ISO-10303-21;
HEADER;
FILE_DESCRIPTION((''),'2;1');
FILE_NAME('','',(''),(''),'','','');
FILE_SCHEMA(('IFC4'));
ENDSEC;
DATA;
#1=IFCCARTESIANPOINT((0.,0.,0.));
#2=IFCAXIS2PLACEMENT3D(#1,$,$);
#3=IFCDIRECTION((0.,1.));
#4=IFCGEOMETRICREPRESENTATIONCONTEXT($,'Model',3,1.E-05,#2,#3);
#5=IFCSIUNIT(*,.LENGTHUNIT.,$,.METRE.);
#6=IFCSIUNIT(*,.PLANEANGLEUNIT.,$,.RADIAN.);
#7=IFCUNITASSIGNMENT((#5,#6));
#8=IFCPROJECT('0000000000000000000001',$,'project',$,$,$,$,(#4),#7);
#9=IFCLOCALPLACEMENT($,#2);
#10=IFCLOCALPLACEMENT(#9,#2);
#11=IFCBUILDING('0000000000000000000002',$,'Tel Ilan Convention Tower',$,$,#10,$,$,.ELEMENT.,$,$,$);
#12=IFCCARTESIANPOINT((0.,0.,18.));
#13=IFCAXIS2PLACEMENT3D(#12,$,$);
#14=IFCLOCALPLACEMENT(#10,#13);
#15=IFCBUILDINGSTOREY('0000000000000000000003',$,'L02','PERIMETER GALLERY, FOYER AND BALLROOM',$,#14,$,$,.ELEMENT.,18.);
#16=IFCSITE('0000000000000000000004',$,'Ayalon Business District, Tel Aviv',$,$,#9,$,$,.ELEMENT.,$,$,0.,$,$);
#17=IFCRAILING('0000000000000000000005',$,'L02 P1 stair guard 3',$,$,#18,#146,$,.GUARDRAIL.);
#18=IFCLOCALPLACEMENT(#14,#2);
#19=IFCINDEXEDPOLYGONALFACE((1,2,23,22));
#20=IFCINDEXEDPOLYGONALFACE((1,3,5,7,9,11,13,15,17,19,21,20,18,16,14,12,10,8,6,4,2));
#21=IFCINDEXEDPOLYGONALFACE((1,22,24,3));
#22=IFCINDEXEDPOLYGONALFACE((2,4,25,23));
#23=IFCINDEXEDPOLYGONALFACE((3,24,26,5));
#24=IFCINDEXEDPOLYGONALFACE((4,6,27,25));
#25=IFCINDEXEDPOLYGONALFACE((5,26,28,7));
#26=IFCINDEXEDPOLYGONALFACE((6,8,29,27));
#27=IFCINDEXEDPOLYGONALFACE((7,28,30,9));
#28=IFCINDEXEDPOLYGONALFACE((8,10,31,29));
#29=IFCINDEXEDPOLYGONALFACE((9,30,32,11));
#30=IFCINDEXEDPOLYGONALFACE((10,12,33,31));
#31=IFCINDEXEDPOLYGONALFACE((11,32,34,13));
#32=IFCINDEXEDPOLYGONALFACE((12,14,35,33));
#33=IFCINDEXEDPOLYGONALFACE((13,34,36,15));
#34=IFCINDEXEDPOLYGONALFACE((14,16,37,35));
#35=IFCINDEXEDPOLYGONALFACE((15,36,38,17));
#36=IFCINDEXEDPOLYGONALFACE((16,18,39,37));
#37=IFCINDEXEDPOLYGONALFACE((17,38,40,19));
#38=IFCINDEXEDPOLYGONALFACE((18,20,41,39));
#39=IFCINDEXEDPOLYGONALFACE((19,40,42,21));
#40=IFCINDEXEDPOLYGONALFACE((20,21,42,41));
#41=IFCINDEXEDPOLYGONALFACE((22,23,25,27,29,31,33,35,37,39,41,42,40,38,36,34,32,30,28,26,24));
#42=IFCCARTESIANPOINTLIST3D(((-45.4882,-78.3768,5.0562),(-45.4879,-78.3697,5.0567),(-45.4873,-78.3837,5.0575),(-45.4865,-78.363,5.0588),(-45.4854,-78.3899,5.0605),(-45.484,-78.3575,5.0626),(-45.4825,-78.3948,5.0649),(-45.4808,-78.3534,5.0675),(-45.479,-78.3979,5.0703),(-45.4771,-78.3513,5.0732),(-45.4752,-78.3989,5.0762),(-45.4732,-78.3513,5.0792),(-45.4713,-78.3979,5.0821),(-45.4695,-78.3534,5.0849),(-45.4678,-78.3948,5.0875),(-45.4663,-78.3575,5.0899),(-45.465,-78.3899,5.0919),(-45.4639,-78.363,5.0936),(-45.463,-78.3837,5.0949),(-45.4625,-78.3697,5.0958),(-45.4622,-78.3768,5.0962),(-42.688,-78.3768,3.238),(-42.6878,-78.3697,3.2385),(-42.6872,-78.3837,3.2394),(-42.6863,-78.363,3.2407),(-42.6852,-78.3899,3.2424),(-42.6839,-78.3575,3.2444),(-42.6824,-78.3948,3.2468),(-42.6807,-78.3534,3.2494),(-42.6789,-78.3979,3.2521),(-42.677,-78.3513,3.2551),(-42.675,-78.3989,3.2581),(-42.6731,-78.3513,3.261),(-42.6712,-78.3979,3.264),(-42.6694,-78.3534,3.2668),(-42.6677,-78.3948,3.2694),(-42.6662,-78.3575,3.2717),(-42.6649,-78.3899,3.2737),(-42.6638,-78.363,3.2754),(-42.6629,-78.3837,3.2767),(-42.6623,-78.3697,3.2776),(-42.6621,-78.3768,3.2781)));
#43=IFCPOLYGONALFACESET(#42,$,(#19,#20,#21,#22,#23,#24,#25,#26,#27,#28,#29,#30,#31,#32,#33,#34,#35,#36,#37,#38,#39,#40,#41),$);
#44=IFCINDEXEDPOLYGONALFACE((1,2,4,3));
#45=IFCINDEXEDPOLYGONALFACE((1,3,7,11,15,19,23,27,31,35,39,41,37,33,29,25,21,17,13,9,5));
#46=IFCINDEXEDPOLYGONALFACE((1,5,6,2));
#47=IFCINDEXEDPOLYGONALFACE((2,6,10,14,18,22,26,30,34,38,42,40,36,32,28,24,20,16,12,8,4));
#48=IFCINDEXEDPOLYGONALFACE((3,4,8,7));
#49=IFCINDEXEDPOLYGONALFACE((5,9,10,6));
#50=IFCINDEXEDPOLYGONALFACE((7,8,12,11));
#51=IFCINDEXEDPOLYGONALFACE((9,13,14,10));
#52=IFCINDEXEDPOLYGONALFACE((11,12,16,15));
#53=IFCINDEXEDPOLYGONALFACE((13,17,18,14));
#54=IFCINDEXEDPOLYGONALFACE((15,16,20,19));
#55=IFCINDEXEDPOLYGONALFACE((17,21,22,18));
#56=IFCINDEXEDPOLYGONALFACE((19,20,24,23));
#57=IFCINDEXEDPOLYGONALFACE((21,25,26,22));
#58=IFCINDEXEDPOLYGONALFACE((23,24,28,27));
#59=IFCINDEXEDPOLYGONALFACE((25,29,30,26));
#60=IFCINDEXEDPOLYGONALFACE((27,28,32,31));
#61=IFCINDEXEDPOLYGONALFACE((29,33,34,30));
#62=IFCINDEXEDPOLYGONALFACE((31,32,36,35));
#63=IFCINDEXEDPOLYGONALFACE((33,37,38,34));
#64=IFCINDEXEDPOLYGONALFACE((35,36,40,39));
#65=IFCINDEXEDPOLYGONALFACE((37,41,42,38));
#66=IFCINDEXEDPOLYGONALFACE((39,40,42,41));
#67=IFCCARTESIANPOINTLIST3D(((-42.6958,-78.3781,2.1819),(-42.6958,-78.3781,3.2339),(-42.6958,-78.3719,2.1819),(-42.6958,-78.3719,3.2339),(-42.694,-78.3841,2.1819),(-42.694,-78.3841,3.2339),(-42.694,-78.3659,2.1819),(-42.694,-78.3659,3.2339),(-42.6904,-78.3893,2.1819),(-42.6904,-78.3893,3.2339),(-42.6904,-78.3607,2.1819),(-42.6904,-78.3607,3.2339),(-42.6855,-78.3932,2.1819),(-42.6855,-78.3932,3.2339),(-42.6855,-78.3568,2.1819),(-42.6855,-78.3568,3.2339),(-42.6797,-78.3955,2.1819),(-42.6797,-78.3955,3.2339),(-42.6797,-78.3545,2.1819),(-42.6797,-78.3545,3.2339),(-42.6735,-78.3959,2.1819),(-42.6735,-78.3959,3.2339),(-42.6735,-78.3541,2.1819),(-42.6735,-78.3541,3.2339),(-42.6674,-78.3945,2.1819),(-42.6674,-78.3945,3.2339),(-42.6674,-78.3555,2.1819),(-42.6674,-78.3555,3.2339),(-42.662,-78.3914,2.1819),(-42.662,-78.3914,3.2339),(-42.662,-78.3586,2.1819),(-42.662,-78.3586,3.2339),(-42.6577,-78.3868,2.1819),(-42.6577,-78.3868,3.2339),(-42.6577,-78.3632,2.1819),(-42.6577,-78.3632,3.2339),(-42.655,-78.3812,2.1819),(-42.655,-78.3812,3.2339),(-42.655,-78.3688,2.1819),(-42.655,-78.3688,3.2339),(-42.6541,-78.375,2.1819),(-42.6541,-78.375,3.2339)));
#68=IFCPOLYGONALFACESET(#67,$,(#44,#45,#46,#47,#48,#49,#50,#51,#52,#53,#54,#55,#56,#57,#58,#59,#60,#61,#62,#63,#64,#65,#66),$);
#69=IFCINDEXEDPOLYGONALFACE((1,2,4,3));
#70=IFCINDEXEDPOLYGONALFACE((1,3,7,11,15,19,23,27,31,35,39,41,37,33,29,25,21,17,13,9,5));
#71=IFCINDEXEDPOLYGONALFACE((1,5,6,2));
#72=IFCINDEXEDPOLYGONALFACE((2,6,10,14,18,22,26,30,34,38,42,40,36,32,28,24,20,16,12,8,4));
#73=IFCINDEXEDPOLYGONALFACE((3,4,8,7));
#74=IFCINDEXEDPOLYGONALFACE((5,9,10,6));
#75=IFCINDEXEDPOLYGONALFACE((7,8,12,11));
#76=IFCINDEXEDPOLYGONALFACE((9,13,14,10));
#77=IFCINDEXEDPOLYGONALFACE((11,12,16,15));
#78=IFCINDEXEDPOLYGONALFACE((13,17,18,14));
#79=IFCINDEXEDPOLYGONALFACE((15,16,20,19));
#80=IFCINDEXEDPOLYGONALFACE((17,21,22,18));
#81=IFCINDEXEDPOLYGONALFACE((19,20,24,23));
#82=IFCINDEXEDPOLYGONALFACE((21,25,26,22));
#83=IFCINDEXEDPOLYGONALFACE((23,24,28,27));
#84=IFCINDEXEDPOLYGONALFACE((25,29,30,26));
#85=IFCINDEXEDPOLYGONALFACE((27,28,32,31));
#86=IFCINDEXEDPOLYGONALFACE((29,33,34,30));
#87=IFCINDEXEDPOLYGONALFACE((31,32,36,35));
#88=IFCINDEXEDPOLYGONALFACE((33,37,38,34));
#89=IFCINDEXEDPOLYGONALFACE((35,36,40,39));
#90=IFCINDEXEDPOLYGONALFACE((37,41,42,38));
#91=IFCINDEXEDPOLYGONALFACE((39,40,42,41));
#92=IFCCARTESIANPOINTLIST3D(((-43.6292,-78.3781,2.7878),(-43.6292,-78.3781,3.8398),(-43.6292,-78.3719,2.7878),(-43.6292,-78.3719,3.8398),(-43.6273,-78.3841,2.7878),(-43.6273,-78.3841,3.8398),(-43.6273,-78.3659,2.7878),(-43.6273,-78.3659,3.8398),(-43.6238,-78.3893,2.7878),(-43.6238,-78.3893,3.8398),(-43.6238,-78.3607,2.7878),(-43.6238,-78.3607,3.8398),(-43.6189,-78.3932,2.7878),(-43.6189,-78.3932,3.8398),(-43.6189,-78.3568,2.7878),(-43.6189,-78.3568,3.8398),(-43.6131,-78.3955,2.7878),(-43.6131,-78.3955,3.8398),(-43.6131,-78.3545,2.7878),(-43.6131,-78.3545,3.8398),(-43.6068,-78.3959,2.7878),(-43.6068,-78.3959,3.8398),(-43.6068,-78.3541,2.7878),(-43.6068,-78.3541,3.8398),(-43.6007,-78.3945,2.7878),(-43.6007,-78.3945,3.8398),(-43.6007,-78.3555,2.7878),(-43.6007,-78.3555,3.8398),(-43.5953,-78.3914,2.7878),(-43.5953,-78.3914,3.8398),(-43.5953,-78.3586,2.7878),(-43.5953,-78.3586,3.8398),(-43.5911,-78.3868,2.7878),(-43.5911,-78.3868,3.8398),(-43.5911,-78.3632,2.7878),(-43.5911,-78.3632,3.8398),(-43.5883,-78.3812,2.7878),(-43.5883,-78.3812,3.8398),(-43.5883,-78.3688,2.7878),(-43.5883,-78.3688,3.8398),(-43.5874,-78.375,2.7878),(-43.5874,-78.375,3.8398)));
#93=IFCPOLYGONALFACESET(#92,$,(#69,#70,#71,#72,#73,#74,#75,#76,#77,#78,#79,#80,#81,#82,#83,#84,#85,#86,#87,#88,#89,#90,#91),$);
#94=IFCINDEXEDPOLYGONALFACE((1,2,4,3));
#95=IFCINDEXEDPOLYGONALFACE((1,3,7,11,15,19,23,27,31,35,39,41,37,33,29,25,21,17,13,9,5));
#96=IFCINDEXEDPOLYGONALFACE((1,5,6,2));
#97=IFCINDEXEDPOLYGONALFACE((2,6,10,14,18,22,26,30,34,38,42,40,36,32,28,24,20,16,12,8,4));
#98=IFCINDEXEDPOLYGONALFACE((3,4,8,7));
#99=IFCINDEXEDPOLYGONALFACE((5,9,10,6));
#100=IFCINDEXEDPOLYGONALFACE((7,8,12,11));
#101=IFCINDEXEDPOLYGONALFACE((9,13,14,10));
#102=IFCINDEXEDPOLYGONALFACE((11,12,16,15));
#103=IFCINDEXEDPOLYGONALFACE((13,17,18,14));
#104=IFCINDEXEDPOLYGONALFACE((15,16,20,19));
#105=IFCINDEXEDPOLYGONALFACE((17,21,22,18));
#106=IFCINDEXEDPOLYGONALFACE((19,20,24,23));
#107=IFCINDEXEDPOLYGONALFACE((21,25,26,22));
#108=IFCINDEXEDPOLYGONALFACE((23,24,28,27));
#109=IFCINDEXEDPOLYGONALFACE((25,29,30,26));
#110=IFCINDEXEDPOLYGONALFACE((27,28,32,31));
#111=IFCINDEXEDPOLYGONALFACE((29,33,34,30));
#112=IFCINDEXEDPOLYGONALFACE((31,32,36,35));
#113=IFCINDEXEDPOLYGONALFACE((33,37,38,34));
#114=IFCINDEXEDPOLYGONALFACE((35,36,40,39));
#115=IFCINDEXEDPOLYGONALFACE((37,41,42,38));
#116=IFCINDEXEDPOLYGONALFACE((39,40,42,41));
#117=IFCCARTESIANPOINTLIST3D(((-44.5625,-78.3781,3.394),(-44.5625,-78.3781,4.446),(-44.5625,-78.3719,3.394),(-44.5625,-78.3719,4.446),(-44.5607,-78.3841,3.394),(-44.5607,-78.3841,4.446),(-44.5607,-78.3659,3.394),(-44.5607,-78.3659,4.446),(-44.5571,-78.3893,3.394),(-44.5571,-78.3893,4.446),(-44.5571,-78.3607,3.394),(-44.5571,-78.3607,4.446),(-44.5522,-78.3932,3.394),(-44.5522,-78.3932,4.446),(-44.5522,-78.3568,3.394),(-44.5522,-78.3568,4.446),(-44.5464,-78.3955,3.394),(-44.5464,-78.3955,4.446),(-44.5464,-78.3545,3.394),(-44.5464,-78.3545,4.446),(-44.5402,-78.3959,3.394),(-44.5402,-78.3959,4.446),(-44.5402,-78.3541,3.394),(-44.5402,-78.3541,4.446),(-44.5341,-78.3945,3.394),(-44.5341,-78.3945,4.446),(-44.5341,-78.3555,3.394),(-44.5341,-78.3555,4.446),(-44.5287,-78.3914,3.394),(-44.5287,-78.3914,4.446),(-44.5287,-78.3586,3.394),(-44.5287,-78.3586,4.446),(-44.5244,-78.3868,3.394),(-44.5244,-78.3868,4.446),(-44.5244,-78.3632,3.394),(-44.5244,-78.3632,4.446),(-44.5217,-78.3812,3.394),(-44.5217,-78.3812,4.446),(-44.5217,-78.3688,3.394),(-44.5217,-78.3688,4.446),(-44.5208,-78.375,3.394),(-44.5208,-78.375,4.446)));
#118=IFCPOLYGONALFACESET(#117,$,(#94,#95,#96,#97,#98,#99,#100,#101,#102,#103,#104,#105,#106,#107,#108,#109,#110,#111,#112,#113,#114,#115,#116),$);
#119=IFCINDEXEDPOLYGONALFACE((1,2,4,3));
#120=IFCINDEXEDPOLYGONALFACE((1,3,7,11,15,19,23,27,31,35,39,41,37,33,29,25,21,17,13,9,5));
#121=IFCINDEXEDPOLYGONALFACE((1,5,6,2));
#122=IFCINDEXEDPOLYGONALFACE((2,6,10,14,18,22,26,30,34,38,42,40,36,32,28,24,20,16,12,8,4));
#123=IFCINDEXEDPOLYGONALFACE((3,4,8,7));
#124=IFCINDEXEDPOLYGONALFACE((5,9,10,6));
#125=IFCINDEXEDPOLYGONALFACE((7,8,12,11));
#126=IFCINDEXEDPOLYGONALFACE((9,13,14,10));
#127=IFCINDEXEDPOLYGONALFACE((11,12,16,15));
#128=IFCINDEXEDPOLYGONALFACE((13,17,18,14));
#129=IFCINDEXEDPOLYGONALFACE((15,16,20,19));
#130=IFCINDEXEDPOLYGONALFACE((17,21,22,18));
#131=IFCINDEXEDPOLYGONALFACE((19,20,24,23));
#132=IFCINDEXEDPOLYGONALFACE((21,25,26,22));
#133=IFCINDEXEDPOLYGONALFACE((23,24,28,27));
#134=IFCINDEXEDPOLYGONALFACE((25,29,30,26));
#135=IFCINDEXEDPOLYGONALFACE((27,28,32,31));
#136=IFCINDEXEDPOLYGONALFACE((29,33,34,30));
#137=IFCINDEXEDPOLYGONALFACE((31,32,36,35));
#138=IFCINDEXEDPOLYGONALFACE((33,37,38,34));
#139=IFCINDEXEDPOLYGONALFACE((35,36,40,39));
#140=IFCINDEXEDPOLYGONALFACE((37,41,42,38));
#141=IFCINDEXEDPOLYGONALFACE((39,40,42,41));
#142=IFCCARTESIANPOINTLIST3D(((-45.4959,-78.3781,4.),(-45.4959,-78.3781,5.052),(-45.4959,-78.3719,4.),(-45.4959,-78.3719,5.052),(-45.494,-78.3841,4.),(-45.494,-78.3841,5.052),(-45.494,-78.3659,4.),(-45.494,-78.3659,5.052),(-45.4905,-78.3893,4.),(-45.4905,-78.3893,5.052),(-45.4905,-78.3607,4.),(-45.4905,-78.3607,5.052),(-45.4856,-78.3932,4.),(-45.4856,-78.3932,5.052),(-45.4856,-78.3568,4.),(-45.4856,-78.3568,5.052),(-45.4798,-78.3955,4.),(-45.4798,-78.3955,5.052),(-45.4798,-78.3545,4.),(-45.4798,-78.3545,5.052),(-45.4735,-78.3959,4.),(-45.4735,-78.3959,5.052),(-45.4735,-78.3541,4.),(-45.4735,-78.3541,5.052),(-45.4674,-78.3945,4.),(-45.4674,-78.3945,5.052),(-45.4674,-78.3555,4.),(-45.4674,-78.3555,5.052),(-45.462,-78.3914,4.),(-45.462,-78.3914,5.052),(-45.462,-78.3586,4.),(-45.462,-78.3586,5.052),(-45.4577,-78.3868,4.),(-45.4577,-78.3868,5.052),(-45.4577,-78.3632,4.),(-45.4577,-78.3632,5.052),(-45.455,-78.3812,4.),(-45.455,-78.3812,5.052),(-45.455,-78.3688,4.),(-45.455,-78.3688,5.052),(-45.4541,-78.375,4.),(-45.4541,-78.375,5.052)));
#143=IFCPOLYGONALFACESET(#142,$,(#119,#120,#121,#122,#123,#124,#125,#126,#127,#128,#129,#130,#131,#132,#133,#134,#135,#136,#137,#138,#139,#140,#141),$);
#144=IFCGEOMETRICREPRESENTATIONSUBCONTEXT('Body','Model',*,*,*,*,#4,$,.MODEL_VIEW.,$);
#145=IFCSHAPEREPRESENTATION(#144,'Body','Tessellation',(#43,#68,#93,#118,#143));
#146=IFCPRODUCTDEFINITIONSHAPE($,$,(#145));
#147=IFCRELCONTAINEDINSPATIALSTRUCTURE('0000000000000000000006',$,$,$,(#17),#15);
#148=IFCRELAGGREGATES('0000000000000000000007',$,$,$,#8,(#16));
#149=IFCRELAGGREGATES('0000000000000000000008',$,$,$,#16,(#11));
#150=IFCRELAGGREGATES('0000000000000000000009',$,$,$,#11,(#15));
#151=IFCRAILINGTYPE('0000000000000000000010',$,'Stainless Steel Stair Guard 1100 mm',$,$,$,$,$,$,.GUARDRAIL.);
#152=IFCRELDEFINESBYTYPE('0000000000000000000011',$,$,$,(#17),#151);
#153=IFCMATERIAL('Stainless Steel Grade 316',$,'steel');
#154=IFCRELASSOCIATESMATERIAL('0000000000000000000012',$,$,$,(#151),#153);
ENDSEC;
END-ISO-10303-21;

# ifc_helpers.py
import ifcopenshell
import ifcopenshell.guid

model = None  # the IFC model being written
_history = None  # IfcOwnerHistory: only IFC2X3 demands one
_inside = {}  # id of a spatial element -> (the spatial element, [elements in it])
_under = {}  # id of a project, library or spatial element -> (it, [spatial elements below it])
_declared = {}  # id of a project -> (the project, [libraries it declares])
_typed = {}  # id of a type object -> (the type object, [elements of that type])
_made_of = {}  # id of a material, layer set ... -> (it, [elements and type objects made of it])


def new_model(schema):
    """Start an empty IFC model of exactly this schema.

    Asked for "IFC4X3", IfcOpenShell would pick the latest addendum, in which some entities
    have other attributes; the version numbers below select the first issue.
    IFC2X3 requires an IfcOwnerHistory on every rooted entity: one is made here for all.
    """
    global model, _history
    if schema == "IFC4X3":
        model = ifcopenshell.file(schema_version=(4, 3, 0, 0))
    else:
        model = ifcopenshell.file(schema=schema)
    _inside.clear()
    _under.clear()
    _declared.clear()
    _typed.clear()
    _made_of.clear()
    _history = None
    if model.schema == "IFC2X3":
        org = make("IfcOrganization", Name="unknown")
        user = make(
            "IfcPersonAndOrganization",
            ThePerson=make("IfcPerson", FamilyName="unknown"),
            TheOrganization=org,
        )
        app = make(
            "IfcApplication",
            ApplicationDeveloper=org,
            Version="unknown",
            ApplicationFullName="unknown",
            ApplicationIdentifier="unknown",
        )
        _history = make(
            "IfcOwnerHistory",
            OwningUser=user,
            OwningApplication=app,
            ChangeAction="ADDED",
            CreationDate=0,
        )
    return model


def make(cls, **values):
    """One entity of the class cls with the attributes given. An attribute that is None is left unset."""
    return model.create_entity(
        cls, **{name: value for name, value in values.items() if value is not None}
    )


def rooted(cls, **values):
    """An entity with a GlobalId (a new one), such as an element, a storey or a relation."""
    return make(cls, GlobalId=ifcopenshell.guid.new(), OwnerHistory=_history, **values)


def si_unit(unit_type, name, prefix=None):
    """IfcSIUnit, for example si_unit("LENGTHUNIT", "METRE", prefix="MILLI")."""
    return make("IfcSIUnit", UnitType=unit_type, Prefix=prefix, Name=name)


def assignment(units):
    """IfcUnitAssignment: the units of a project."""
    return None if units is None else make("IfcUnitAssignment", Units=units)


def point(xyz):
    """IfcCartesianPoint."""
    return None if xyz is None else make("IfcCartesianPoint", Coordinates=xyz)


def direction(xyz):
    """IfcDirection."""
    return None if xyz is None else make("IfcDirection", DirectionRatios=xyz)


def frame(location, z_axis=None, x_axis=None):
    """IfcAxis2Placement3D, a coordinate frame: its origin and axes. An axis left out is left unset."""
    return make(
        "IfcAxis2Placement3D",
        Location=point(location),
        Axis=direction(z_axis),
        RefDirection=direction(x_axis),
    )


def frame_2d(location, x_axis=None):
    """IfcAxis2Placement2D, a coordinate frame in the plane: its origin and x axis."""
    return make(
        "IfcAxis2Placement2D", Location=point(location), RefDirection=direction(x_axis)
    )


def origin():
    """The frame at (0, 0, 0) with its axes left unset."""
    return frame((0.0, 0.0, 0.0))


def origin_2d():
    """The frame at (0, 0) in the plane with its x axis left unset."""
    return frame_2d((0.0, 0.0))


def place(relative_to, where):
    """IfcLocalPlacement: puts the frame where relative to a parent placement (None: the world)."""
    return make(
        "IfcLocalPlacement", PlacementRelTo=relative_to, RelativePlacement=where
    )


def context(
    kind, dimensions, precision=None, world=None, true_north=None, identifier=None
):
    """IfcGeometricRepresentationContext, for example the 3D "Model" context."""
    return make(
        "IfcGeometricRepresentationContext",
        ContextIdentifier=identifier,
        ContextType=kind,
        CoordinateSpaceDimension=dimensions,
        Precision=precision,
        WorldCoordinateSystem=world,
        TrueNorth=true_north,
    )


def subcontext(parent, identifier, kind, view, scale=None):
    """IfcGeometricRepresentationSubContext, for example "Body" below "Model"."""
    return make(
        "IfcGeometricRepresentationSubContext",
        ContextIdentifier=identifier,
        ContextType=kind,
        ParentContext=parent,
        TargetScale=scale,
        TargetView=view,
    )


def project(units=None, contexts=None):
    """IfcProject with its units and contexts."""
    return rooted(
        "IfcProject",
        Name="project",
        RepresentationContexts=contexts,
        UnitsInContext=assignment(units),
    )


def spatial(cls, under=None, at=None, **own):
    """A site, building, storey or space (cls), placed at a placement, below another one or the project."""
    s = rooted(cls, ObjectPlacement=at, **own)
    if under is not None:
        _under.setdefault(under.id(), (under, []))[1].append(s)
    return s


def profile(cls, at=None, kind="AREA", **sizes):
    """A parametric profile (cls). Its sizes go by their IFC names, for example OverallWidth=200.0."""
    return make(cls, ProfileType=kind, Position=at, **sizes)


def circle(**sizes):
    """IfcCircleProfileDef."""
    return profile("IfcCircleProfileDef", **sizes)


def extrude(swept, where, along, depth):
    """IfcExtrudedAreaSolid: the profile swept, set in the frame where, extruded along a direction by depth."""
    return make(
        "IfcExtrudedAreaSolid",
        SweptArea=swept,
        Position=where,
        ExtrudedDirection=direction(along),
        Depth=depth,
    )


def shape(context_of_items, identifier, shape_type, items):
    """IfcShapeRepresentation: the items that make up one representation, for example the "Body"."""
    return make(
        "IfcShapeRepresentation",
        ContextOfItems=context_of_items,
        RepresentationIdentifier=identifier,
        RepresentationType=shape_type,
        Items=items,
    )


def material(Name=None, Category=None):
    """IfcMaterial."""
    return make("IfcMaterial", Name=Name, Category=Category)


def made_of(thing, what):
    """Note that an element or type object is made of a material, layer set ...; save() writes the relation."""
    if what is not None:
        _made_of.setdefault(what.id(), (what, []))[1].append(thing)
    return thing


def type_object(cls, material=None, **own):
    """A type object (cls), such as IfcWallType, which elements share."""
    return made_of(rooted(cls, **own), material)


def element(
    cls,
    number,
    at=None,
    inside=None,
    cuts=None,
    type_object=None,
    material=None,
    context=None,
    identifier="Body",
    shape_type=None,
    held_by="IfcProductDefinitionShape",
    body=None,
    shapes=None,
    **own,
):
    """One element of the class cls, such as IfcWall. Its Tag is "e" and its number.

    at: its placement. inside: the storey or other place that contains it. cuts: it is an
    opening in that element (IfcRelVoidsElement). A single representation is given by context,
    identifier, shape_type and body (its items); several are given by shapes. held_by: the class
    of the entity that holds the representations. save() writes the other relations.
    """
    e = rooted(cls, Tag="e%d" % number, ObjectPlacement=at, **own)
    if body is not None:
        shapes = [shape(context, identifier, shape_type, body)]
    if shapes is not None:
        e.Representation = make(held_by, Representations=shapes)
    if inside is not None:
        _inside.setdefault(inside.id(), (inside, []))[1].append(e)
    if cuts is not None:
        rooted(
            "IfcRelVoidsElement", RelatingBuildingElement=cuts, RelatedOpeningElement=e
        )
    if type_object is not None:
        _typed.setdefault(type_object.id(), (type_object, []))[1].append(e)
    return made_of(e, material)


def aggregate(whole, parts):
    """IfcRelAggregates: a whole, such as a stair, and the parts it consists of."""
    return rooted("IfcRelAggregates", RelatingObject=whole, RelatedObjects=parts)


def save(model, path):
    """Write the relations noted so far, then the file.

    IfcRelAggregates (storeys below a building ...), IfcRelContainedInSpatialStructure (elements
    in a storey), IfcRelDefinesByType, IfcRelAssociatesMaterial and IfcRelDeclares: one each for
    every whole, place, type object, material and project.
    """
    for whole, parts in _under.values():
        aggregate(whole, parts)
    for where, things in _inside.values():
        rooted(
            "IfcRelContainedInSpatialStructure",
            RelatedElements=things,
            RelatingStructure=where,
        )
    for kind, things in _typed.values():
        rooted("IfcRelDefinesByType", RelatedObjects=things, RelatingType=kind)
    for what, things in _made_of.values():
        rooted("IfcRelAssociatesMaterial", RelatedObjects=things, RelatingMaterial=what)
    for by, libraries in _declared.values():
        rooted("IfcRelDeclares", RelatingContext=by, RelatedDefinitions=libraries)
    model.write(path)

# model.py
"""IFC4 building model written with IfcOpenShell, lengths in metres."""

from ifc_helpers import new_model, si_unit, direction, frame, origin, origin_2d, place, context, subcontext, project, spatial, circle, extrude, material, type_object, element, save


model = new_model("IFC4")

# Units and contexts
model_context = context("Model", 3, precision=1e-05, world=origin(), true_north=direction((0.0, 1.0)))
body_context = subcontext(model_context, "Body", "Model", "MODEL_VIEW")
ifc_project = project(units=[si_unit("LENGTHUNIT", "METRE"), si_unit("PLANEANGLEUNIT", "RADIAN")], contexts=[model_context])

# Site, building, storey
site_placement = place(None, origin())
site = spatial("IfcSite", under=ifc_project, at=site_placement, Name="Ayalon Business District, Tel Aviv", CompositionType="ELEMENT", RefElevation=0.0)
building_placement = place(site_placement, origin())
building = spatial("IfcBuilding", under=site, at=building_placement, Name="Tel Ilan Convention Tower", CompositionType="ELEMENT")
storey_placement = place(building_placement, frame((0.0, 0.0, 18.0)))
storey = spatial("IfcBuildingStorey", under=building, at=storey_placement, Name="L02", Description="PERIMETER GALLERY, FOYER AND BALLROOM", CompositionType="ELEMENT", Elevation=18.0)

# Railing
ifc_material_1 = material(Name="Stainless Steel Grade 316", Category="steel")
railing_type_1 = type_object("IfcRailingType", Name="Stainless Steel Stair Guard 1100 mm", PredefinedType="GUARDRAIL", material=ifc_material_1)
railing_1_placement = place(storey_placement, frame((-42.675, -78.375, 2.1819)))
element("IfcRailing", 1, at=railing_1_placement, inside=storey, type_object=railing_type_1, Name="L02 P1 stair guard 3", PredefinedType="GUARDRAIL", context=body_context, shape_type="SweptSolid", body=[
    extrude(circle(Radius=0.0239, at=origin_2d()), frame((0.0, 0.0, 1.0762), z_axis=(-0.838706, 0.0, 0.544585), x_axis=(0.0, -1.0, 0.0)), (0.0, 0.0, 1.0), 3.3386),
    extrude(circle(Radius=0.021, at=origin_2d()), origin(), (0.0, 0.0, 1.0), 1.052),
    extrude(circle(Radius=0.021, at=origin_2d()), frame((-0.9333, 0.0, 0.606)), (0.0, 0.0, 1.0), 1.052),
    extrude(circle(Radius=0.021, at=origin_2d()), frame((-1.8667, 0.0, 1.2122)), (0.0, 0.0, 1.0), 1.052),
    extrude(circle(Radius=0.021, at=origin_2d()), frame((-2.8, 0.0, 1.8181)), (0.0, 0.0, 1.0), 1.052),
])

save(model, "model.ifc")
